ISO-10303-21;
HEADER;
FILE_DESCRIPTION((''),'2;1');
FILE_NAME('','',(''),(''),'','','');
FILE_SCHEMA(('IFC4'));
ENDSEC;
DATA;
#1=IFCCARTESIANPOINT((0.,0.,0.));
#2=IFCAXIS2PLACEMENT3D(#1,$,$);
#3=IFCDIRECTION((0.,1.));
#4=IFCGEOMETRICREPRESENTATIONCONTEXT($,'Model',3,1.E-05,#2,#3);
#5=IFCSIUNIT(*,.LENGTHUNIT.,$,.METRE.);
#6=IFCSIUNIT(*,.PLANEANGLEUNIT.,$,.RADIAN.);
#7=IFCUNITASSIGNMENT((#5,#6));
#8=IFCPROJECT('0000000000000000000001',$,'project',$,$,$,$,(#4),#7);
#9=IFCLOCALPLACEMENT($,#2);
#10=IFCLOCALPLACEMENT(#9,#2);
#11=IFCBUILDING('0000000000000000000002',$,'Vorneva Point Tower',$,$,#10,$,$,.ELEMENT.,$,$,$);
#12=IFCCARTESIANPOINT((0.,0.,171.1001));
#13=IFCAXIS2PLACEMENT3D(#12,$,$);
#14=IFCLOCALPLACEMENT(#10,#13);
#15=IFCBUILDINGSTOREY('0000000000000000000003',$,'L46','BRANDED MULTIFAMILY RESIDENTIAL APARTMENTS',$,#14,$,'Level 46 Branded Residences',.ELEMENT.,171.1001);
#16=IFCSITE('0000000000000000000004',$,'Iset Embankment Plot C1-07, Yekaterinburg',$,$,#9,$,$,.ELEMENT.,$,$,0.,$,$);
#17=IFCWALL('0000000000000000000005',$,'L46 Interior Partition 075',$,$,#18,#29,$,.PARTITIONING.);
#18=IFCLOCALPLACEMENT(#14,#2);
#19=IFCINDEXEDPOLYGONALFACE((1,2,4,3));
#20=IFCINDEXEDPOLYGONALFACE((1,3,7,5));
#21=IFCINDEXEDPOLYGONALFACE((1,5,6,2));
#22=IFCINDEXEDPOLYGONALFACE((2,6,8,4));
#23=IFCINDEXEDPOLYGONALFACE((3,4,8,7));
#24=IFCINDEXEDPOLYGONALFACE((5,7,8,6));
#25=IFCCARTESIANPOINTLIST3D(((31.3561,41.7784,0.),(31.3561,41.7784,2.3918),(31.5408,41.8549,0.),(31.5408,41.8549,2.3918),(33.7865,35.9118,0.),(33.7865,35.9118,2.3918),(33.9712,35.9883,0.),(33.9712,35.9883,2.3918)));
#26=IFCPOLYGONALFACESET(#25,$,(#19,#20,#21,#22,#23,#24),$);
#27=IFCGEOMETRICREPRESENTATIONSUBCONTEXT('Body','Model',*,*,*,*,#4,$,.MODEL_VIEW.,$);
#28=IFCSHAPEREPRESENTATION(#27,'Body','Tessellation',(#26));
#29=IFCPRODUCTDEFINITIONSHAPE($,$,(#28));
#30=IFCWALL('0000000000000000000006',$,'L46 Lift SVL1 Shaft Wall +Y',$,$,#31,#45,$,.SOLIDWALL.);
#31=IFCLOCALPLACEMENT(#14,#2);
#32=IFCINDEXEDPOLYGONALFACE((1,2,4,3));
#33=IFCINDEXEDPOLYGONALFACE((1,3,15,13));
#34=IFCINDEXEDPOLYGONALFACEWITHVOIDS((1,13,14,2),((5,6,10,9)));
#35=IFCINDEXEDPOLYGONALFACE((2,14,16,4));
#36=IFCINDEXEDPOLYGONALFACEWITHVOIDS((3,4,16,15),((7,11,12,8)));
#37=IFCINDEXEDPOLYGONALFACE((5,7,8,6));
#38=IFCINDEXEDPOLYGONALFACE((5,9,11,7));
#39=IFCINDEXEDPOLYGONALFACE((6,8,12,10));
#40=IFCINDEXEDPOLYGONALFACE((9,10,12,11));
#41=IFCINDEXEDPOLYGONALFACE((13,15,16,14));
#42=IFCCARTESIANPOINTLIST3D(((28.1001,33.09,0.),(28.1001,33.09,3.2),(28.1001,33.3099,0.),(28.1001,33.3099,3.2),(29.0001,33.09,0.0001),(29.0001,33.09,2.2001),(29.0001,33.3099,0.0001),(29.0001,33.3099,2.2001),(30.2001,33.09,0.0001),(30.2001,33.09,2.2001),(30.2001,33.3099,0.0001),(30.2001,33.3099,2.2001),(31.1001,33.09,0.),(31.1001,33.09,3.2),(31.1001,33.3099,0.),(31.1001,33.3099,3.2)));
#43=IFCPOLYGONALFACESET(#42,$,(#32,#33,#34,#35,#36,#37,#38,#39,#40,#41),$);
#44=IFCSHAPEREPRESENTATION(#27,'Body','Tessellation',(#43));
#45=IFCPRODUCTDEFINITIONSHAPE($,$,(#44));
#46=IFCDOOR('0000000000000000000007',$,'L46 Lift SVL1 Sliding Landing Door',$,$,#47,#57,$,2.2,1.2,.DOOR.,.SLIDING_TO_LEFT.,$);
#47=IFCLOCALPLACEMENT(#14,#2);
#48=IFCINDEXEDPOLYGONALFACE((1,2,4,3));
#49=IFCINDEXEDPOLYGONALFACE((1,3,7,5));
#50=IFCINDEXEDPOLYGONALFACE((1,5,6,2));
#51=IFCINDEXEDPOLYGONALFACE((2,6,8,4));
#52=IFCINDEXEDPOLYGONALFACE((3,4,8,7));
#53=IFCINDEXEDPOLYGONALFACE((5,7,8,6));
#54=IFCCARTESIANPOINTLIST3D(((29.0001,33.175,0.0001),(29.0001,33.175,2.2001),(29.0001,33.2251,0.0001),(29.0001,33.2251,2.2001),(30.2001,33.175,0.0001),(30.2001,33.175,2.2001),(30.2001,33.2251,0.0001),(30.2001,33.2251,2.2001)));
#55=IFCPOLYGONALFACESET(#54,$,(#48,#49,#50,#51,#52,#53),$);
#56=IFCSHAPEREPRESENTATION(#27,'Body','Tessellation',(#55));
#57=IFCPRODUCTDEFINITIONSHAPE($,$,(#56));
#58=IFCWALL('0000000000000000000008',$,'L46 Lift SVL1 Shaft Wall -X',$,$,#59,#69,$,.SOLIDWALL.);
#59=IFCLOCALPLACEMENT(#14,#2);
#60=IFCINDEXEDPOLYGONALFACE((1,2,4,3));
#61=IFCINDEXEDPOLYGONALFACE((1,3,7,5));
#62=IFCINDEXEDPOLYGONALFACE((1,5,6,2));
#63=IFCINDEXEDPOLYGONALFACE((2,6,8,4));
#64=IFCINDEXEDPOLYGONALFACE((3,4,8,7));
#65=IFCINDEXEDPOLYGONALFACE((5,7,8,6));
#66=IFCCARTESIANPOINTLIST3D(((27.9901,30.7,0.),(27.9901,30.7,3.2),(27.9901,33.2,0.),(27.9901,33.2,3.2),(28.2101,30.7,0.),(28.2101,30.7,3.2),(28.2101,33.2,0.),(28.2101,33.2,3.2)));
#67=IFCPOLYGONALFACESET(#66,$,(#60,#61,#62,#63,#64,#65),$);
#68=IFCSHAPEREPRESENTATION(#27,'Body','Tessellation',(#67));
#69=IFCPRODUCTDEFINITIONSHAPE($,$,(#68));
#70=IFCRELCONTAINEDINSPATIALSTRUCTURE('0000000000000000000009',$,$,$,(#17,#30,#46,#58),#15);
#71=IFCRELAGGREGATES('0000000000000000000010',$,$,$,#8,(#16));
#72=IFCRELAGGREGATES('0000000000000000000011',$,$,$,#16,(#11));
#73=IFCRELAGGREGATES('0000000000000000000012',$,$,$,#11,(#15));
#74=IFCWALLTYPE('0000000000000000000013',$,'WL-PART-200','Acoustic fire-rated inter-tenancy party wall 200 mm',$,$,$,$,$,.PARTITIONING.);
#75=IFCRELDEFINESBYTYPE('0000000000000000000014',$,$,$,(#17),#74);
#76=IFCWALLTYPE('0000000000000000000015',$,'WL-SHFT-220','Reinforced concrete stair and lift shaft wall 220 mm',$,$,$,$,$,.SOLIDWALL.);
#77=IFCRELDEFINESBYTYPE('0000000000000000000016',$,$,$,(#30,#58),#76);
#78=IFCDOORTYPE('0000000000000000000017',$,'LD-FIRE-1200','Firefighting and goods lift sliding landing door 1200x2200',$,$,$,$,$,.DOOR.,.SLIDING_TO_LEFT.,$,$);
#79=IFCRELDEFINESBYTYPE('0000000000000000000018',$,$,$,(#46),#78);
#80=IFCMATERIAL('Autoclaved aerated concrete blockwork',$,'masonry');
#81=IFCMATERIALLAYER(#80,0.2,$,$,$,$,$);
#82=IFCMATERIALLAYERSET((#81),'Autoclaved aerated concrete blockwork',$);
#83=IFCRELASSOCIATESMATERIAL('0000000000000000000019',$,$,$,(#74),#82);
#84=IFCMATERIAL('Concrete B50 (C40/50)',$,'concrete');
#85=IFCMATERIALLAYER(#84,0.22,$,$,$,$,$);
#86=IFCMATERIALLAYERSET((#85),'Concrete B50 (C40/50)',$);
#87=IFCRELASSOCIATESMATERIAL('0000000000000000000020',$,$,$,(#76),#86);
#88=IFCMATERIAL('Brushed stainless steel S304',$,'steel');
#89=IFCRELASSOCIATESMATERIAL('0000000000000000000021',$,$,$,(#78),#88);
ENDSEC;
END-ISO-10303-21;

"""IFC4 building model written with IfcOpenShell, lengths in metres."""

from ifc_helpers import new_model, si_unit, direction, frame, frame_2d, origin, place, context, subcontext, project, spatial, rectangle, extrude, material, layer, layer_set, type_object, element, fill, save


model = new_model("IFC4")

# Units and contexts
model_context = context("Model", 3, precision=1e-05, world=origin(), true_north=direction((0.0, 1.0)))
body_context = subcontext(model_context, "Body", "Model", "MODEL_VIEW")
ifc_project = project(units=[si_unit("LENGTHUNIT", "METRE"), si_unit("PLANEANGLEUNIT", "RADIAN")], contexts=[model_context])

# Site, building, storey
site_placement = place(None, origin())
site = spatial("IfcSite", under=ifc_project, at=site_placement, Name="Iset Embankment Plot C1-07, Yekaterinburg", CompositionType="ELEMENT", RefElevation=0.0)
building_placement = place(site_placement, origin())
building = spatial("IfcBuilding", under=site, at=building_placement, Name="Vorneva Point Tower", CompositionType="ELEMENT")
storey_placement = place(building_placement, frame((0.0, 0.0, 171.1001)))
storey = spatial("IfcBuildingStorey", under=building, at=storey_placement, Name="L46", Description="BRANDED MULTIFAMILY RESIDENTIAL APARTMENTS", LongName="Level 46 Branded Residences", CompositionType="ELEMENT", Elevation=171.1001)

# Shared definitions
ifc_material_1 = material(Name="Autoclaved aerated concrete blockwork", Category="masonry")

# Wall
ifc_layer_1 = layer(ifc_material_1, 0.2)
ifc_layer_set_1 = layer_set([ifc_layer_1], Name="Autoclaved aerated concrete blockwork")
wall_type_1 = type_object("IfcWallType", Name="WL-PART-200", Description="Acoustic fire-rated inter-tenancy party wall 200 mm", PredefinedType="PARTITIONING", material=ifc_layer_set_1)
wall_1_placement = place(storey_placement, frame((31.4485, 41.8167, 0.0), z_axis=(0.0, 0.0, 1.0), x_axis=(0.382731, -0.92386, 0.0)))
element("IfcWall", 1, at=wall_1_placement, inside=storey, type_object=wall_type_1, Name="L46 Interior Partition 075", PredefinedType="PARTITIONING", context=body_context, shape_type="SweptSolid", body=[
    extrude(rectangle(XDim=6.3501, YDim=0.2, at=frame_2d((3.175, 0.0))), origin(), (0.0, 0.0, 1.0), 2.3918),
])

# Wall, opening, door
ifc_material_2 = material(Name="Concrete B50 (C40/50)", Category="concrete")
ifc_layer_2 = layer(ifc_material_2, 0.22)
ifc_layer_set_2 = layer_set([ifc_layer_2], Name="Concrete B50 (C40/50)")
wall_type_2 = type_object("IfcWallType", Name="WL-SHFT-220", Description="Reinforced concrete stair and lift shaft wall 220 mm", PredefinedType="SOLIDWALL", material=ifc_layer_set_2)
wall_2_placement = place(storey_placement, frame((31.1001, 33.2, 0.0), z_axis=(0.0, 0.0, 1.0), x_axis=(-1.0, 0.0, 0.0)))
wall_2 = element("IfcWall", 2, at=wall_2_placement, inside=storey, type_object=wall_type_2, Name="L46 Lift SVL1 Shaft Wall +Y", PredefinedType="SOLIDWALL", context=body_context, shape_type="SweptSolid", body=[
    extrude(rectangle(XDim=3.0, YDim=0.22, at=frame_2d((1.5, 0.0))), origin(), (0.0, 0.0, 1.0), 3.2),
])
opening_1_placement = place(wall_2_placement, frame((0.8999, 0.0, 0.0)))
opening_1 = element("IfcOpeningElement", 3, at=opening_1_placement, cuts=wall_2, PredefinedType="OPENING", context=body_context, shape_type="SweptSolid", body=[
    extrude(rectangle(XDim=1.2, YDim=2.2, at=frame_2d((0.6001, 1.1001))), frame((0.0, 0.125, 0.0), z_axis=(0.0, -1.0, 0.0), x_axis=(1.0, 0.0, 0.0)), (0.0, 0.0, 1.0), 0.2498),
])
ifc_material_3 = material(Name="Brushed stainless steel S304", Category="steel")
door_type_1 = type_object("IfcDoorType", Name="LD-FIRE-1200", Description="Firefighting and goods lift sliding landing door 1200x2200", OperationType="SLIDING_TO_LEFT", PredefinedType="DOOR", material=ifc_material_3)
door_1_placement = place(opening_1_placement, origin())
door_1 = element("IfcDoor", 4, at=door_1_placement, inside=storey, type_object=door_type_1, Name="L46 Lift SVL1 Sliding Landing Door", OperationType="SLIDING_TO_LEFT", OverallHeight=2.2, OverallWidth=1.2, PredefinedType="DOOR", context=body_context, shape_type="SweptSolid", body=[
    extrude(rectangle(XDim=1.2, YDim=2.2, at=frame_2d((0.6001, 1.1001))), frame((0.0, 0.0249, 0.0), z_axis=(0.0, -1.0, 0.0), x_axis=(1.0, 0.0, 0.0)), (0.0, 0.0, 1.0), 0.05),
])
fill(opening_1, door_1)

# Wall
wall_3_placement = place(storey_placement, frame((28.1001, 33.2, 0.0), z_axis=(0.0, 0.0, 1.0), x_axis=(0.0, -1.0, 0.0)))
element("IfcWall", 5, at=wall_3_placement, inside=storey, type_object=wall_type_2, Name="L46 Lift SVL1 Shaft Wall -X", PredefinedType="SOLIDWALL", context=body_context, shape_type="SweptSolid", body=[
    extrude(rectangle(XDim=2.5, YDim=0.22, at=frame_2d((1.25, 0.0))), origin(), (0.0, 0.0, 1.0), 3.2),
])

save(model, "model.ifc")
